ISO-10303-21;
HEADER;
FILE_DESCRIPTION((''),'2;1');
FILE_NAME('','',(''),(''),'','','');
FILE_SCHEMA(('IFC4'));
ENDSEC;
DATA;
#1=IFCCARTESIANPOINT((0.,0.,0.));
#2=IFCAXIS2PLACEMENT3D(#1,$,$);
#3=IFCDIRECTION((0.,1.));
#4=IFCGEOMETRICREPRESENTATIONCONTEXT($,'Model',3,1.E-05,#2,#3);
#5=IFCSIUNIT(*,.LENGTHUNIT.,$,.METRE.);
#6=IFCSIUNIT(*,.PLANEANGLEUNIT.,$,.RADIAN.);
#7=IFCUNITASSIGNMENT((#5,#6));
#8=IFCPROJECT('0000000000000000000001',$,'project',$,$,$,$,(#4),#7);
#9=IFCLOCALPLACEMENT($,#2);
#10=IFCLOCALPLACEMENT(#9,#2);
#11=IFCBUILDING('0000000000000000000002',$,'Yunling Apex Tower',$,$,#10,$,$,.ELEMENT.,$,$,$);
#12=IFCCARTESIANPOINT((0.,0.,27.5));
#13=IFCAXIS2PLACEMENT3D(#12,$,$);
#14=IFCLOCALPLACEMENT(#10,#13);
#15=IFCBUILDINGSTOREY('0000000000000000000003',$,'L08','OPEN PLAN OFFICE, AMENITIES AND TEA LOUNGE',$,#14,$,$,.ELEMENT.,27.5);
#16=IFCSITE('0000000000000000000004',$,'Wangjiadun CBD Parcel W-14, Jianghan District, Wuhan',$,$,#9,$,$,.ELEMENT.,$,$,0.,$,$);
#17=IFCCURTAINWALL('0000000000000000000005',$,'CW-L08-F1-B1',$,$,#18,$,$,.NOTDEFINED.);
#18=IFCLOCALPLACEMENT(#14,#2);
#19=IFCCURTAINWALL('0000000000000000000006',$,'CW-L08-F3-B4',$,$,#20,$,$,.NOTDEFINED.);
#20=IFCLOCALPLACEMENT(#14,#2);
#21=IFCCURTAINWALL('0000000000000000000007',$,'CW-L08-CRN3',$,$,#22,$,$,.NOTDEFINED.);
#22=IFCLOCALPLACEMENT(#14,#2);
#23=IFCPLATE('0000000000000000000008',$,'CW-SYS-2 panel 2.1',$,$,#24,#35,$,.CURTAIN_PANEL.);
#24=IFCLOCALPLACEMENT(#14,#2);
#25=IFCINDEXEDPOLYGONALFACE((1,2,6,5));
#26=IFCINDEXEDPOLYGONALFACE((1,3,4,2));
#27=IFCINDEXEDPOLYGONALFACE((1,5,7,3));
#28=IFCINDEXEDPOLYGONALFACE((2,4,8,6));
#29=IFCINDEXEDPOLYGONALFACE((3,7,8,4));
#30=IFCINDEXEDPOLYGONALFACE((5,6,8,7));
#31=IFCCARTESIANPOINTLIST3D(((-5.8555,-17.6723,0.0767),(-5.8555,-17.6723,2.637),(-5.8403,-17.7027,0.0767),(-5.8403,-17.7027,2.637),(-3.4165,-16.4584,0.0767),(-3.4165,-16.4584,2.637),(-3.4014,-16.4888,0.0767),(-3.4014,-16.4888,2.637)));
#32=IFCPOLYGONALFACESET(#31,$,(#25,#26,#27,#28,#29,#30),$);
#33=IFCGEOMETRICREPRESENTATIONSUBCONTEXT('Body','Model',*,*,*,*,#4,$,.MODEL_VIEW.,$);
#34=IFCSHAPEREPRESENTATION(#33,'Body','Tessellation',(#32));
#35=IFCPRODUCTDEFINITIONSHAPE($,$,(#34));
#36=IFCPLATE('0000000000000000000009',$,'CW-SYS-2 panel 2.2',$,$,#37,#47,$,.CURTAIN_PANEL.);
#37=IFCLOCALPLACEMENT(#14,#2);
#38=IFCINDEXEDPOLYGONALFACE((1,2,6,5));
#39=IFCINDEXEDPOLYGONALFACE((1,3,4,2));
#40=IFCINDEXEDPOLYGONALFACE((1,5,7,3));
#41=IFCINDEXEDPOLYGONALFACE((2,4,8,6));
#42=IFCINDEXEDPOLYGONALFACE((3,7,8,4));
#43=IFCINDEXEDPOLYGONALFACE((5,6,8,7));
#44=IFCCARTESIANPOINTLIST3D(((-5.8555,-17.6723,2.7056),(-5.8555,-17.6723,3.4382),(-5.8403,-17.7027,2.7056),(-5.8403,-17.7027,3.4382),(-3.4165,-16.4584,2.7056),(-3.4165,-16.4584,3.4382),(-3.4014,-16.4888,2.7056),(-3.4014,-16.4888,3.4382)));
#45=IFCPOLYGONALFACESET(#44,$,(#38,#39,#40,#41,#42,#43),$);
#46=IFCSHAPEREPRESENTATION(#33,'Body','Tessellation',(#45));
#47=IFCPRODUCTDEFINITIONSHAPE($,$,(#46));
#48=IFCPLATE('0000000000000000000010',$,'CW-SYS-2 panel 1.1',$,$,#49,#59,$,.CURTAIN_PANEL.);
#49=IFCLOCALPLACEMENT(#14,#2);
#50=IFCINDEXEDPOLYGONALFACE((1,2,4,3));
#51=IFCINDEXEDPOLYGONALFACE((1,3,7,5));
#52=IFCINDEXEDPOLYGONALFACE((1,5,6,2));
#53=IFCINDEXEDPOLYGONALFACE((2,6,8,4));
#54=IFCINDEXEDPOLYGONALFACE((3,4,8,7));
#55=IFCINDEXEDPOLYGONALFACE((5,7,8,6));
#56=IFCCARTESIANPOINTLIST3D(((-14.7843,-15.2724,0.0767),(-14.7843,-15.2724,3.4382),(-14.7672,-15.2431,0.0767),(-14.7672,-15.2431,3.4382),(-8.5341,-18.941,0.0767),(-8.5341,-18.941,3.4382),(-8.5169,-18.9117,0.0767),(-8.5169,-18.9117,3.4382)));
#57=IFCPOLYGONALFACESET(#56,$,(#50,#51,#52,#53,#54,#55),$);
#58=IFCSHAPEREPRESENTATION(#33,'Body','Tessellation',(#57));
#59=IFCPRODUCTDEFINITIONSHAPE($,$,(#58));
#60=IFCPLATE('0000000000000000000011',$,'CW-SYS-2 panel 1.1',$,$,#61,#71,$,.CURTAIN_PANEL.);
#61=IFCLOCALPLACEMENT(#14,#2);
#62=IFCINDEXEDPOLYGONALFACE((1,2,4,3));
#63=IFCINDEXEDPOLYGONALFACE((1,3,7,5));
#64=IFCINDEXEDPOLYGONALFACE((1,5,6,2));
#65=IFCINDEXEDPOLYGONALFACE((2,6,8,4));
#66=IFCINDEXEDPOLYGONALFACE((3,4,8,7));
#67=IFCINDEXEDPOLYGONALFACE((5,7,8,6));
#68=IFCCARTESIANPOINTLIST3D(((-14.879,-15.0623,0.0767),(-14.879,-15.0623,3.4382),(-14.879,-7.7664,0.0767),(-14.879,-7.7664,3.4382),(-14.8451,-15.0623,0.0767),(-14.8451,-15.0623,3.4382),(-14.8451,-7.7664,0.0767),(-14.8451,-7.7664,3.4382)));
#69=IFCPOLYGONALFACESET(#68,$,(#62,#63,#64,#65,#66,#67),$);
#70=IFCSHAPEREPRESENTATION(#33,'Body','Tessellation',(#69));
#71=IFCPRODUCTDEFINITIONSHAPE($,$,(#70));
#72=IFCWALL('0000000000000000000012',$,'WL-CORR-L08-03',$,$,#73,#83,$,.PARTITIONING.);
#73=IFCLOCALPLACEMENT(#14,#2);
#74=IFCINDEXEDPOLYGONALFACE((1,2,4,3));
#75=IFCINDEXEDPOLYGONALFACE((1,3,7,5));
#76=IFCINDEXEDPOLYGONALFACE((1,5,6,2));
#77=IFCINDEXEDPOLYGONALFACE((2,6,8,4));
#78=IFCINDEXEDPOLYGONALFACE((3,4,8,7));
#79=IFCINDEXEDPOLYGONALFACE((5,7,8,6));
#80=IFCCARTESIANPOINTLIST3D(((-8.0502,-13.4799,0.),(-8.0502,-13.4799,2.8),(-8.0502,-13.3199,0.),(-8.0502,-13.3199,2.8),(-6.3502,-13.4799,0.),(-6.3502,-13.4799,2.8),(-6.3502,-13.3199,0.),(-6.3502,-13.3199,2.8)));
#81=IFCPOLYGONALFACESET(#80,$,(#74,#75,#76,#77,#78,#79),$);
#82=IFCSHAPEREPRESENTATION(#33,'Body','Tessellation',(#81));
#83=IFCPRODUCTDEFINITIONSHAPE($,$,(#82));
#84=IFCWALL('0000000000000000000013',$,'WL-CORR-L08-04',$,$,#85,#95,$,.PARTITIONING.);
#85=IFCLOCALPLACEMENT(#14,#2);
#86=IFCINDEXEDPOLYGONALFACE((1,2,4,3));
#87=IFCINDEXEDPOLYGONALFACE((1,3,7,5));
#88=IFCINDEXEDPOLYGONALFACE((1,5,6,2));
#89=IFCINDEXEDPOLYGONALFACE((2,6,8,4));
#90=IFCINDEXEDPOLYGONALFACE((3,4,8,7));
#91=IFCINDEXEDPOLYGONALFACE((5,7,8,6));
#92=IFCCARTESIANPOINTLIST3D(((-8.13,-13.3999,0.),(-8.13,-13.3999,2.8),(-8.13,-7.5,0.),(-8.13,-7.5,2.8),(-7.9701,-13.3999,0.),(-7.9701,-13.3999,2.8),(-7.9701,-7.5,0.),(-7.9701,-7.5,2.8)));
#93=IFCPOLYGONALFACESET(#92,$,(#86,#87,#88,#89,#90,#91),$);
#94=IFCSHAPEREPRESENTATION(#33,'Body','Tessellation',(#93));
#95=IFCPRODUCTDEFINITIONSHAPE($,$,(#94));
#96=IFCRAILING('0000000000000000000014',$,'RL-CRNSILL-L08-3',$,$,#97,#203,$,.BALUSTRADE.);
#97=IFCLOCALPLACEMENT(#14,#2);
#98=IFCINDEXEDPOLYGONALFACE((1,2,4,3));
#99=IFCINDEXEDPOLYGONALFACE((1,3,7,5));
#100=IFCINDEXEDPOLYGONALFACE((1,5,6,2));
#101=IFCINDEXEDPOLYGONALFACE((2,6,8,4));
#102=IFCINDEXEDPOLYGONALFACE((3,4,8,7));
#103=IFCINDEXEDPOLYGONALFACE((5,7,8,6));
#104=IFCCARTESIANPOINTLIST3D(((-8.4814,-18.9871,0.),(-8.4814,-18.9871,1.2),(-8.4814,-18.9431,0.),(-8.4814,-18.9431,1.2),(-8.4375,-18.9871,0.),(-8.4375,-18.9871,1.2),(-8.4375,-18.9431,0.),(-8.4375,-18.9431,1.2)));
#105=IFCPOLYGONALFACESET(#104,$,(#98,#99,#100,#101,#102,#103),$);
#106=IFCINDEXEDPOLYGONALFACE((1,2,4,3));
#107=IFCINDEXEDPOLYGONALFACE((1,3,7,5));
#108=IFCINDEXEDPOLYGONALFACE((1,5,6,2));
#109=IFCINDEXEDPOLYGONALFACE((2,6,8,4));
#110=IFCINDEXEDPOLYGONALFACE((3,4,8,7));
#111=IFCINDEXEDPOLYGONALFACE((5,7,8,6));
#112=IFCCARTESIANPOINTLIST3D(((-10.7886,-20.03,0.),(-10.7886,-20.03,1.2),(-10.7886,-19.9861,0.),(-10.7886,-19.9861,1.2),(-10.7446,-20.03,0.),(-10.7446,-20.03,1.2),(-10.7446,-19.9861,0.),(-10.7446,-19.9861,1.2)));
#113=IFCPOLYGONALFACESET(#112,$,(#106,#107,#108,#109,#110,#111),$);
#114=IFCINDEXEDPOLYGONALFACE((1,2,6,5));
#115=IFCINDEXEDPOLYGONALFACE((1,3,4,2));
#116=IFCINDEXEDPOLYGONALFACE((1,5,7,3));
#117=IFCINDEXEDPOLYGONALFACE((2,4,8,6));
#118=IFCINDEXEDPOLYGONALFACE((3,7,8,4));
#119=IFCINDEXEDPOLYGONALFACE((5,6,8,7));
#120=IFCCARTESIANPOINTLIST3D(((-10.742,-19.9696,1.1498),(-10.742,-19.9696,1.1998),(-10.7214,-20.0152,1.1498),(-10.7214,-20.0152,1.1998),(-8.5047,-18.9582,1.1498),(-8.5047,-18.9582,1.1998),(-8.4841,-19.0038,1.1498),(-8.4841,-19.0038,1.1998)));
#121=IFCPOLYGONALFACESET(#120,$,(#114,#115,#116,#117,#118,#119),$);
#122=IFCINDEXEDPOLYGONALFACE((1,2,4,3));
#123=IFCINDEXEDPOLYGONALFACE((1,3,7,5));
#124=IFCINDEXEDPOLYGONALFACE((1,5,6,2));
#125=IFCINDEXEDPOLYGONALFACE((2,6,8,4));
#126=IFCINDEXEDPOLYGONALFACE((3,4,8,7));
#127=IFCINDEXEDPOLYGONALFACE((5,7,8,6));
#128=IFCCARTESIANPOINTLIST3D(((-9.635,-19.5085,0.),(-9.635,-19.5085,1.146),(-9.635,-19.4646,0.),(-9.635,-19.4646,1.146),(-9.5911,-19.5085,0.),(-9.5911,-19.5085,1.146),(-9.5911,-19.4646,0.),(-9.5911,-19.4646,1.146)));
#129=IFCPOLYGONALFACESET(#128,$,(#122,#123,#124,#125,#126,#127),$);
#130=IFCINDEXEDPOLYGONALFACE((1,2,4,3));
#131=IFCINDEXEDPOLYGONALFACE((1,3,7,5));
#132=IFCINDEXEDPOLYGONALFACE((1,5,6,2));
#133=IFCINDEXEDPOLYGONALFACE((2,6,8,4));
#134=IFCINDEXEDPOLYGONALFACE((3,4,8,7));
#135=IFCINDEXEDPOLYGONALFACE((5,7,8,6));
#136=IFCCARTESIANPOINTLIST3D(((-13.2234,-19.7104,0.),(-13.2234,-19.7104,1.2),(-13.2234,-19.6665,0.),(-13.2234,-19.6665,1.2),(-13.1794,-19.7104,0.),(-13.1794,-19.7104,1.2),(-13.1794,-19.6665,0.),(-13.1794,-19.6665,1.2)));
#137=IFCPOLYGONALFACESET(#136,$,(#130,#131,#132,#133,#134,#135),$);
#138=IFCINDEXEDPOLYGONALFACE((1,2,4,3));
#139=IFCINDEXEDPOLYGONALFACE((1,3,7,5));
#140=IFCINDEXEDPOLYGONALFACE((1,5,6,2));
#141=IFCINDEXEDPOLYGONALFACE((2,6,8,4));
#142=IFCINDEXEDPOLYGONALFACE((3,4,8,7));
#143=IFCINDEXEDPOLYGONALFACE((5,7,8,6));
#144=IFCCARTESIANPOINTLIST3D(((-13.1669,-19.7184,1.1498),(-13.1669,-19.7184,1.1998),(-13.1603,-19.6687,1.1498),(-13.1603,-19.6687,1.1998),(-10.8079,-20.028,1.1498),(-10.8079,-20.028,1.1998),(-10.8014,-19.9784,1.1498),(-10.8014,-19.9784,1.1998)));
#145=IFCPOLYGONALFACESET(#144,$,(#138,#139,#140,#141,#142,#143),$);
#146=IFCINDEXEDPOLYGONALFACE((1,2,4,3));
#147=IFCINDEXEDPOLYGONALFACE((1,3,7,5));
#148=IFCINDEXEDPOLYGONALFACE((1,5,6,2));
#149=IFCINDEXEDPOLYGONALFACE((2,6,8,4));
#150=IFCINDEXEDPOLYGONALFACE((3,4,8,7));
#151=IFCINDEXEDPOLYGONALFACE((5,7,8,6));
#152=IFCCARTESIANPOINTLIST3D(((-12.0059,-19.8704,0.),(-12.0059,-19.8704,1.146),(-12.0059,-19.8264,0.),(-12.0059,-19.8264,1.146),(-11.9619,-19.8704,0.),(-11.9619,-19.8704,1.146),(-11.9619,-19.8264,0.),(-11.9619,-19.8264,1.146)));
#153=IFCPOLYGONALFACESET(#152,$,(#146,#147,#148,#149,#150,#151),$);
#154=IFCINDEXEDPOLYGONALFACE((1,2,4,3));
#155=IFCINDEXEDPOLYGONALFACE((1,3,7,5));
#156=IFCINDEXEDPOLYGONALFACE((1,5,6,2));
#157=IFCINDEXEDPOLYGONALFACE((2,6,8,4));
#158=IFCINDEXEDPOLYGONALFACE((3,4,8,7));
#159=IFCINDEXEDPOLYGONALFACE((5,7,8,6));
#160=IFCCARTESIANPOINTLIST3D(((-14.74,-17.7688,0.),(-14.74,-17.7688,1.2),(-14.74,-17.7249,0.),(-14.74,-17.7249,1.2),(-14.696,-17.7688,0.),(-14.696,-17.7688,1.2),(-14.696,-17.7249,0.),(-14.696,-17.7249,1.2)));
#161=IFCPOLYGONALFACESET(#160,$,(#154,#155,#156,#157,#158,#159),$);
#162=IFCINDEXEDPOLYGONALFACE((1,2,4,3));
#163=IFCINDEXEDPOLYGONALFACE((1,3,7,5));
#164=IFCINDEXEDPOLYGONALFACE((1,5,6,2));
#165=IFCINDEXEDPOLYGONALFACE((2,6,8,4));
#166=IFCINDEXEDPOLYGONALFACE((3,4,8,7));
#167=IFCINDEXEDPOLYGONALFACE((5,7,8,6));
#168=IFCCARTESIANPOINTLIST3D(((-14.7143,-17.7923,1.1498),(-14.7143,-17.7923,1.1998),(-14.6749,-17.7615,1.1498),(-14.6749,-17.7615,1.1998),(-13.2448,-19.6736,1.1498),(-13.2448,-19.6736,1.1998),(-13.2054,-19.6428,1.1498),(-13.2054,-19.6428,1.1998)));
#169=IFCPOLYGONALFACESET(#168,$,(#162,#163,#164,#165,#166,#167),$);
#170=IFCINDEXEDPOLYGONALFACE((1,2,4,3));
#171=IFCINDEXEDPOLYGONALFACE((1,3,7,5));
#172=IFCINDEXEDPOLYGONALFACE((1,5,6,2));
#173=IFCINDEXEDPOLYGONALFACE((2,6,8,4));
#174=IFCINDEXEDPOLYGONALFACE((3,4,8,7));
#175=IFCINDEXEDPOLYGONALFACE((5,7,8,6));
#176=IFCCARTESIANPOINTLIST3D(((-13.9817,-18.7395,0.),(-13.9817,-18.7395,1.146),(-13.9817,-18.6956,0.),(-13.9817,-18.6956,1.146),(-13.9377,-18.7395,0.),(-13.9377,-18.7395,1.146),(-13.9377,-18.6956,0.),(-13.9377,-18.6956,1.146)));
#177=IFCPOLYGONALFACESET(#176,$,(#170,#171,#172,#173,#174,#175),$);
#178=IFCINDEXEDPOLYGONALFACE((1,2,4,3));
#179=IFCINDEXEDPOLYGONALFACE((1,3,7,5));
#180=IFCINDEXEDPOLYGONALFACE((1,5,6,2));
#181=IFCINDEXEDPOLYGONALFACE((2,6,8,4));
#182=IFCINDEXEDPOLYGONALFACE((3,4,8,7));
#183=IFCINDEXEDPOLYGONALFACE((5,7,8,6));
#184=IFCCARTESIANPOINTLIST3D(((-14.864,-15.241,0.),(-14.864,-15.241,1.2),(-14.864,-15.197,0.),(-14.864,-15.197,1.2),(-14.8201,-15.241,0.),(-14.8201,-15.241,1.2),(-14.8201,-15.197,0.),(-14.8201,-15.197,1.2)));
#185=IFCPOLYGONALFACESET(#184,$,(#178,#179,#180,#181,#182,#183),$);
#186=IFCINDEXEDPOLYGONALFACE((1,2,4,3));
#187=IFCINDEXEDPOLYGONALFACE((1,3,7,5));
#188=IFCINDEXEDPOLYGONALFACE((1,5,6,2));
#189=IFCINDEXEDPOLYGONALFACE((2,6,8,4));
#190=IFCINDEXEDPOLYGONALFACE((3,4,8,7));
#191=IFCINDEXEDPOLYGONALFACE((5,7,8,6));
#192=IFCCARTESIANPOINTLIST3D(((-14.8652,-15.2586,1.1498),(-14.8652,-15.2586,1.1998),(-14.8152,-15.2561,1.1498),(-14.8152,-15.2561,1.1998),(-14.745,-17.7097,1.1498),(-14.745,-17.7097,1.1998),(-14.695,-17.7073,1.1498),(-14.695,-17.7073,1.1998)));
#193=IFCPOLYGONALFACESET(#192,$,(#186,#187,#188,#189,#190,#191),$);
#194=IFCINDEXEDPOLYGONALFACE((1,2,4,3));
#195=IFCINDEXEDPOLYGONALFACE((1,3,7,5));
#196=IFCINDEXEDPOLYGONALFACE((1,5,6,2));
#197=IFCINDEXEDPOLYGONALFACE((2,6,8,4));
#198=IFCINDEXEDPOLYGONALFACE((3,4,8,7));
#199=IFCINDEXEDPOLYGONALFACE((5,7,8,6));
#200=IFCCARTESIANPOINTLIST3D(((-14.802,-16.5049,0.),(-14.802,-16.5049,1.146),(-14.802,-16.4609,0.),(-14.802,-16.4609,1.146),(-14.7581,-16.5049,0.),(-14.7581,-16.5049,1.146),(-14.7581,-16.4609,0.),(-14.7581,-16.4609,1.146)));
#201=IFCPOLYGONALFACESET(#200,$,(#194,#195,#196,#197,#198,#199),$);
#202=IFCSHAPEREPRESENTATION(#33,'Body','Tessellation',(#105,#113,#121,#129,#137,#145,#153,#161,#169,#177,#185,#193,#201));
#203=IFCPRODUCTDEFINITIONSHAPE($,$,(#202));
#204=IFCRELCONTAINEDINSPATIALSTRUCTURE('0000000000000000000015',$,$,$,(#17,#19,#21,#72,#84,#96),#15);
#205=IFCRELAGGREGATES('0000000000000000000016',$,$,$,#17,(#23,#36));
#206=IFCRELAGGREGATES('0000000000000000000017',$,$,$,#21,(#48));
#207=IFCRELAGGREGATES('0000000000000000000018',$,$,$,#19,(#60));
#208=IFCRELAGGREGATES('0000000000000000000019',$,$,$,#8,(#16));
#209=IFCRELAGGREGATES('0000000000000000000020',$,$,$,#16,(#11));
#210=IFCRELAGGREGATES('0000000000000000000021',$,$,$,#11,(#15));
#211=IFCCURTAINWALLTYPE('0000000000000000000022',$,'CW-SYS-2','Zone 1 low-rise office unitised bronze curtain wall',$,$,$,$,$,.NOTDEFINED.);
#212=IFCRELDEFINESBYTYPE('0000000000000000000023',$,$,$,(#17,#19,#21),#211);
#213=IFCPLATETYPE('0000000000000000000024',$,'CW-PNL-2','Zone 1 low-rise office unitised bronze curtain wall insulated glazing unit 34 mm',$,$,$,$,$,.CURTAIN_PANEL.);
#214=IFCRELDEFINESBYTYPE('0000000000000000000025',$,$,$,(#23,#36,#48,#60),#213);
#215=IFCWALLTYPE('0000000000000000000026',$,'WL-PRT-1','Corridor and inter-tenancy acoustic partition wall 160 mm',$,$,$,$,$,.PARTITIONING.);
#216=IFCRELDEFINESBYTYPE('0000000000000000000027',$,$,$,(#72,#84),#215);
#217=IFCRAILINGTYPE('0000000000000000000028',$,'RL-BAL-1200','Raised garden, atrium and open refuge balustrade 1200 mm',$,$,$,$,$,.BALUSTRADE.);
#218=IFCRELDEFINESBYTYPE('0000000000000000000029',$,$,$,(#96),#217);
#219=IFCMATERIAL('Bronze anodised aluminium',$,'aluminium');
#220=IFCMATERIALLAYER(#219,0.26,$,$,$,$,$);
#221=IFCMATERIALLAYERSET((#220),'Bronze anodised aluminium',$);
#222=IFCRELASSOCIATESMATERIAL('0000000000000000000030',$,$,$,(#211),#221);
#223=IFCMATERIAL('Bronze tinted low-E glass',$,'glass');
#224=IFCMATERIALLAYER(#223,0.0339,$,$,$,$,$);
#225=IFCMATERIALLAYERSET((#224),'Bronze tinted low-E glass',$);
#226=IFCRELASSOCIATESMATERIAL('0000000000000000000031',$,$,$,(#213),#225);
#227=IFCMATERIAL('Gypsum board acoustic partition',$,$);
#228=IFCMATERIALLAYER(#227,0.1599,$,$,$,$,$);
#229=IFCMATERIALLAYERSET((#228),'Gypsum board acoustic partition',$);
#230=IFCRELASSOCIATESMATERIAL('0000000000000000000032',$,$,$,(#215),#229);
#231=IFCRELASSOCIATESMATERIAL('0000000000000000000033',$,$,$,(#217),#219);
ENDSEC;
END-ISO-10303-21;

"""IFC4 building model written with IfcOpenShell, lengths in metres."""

from ifc_helpers import new_model, si_unit, direction, frame, frame_2d, origin, origin_2d, place, context, subcontext, project, spatial, rectangle, extrude, source, transform, mapped, material, layer, layer_set, type_object, element, aggregate, save


model = new_model("IFC4")

# Units and contexts
model_context = context("Model", 3, precision=1e-05, world=origin(), true_north=direction((0.0, 1.0)))
body_context = subcontext(model_context, "Body", "Model", "MODEL_VIEW")
ifc_project = project(units=[si_unit("LENGTHUNIT", "METRE"), si_unit("PLANEANGLEUNIT", "RADIAN")], contexts=[model_context])

# Site, building, storey
site_placement = place(None, origin())
site = spatial("IfcSite", under=ifc_project, at=site_placement, Name="Wangjiadun CBD Parcel W-14, Jianghan District, Wuhan", CompositionType="ELEMENT", RefElevation=0.0)
building_placement = place(site_placement, origin())
building = spatial("IfcBuilding", under=site, at=building_placement, Name="Yunling Apex Tower", CompositionType="ELEMENT")
storey_placement = place(building_placement, frame((0.0, 0.0, 27.5)))
storey = spatial("IfcBuildingStorey", under=building, at=storey_placement, Name="L08", Description="OPEN PLAN OFFICE, AMENITIES AND TEA LOUNGE", CompositionType="ELEMENT", Elevation=27.5)

# Curtain wall
ifc_material_1 = material(Name="Bronze anodised aluminium", Category="aluminium")
ifc_layer_1 = layer(ifc_material_1, 0.26)
ifc_layer_set_1 = layer_set([ifc_layer_1], Name="Bronze anodised aluminium")
curtain_wall_type = type_object("IfcCurtainWallType", Name="CW-SYS-2", Description="Zone 1 low-rise office unitised bronze curtain wall", PredefinedType="NOTDEFINED", material=ifc_layer_set_1)
curtain_wall_1_placement = place(storey_placement, origin())
curtain_wall_1 = element("IfcCurtainWall", 1, at=curtain_wall_1_placement, inside=storey, type_object=curtain_wall_type, Name="CW-L08-F1-B1", PredefinedType="NOTDEFINED")

# Curtain wall
curtain_wall_2_placement = place(storey_placement, origin())
curtain_wall_2 = element("IfcCurtainWall", 2, at=curtain_wall_2_placement, inside=storey, type_object=curtain_wall_type, Name="CW-L08-F3-B4", PredefinedType="NOTDEFINED")

# Curtain wall
curtain_wall_3_placement = place(storey_placement, origin())
curtain_wall_3 = element("IfcCurtainWall", 3, at=curtain_wall_3_placement, inside=storey, type_object=curtain_wall_type, Name="CW-L08-CRN3", PredefinedType="NOTDEFINED")

# Plates
ifc_material_2 = material(Name="Bronze tinted low-E glass", Category="glass")
ifc_layer_2 = layer(ifc_material_2, 0.0339)
ifc_layer_set_2 = layer_set([ifc_layer_2], Name="Bronze tinted low-E glass")
plate_type = type_object("IfcPlateType", Name="CW-PNL-2", Description="Zone 1 low-rise office unitised bronze curtain wall insulated glazing unit 34 mm", PredefinedType="CURTAIN_PANEL", material=ifc_layer_set_2)
shared_shape_1 = source(origin(), body_context, "Body", "SweptSolid", [
    extrude(rectangle(XDim=2.7244, YDim=0.0339, at=origin_2d()), origin(), (0.0, 0.0, 1.0), 2.5603),
])
plate_1_placement = place(storey_placement, frame((-4.6284, -17.0806, 0.0767), z_axis=(0.0, 0.0, 1.0), x_axis=(0.895247, 0.445571, 0.0)))
plate_1 = element("IfcPlate", 4, at=plate_1_placement, type_object=plate_type, Name="CW-SYS-2 panel 2.1", PredefinedType="CURTAIN_PANEL", context=body_context, shape_type="MappedRepresentation", body=[
    mapped(shared_shape_1, transform((0.0, 0.0, 0.0), scale=1.0)),
])
shared_shape_2 = source(origin(), body_context, "Body", "SweptSolid", [
    extrude(rectangle(XDim=2.7244, YDim=0.0339, at=origin_2d()), origin(), (0.0, 0.0, 1.0), 0.7327),
])
plate_2_placement = place(storey_placement, frame((-4.6284, -17.0806, 2.7056), z_axis=(0.0, 0.0, 1.0), x_axis=(0.895247, 0.445571, 0.0)))
plate_2 = element("IfcPlate", 5, at=plate_2_placement, type_object=plate_type, Name="CW-SYS-2 panel 2.2", PredefinedType="CURTAIN_PANEL", context=body_context, shape_type="MappedRepresentation", body=[
    mapped(shared_shape_2, transform((0.0, 0.0, 0.0), scale=1.0)),
])
aggregate(curtain_wall_1, [plate_1, plate_2])
shared_shape_3 = source(origin(), body_context, "Body", "SweptSolid", [
    extrude(rectangle(XDim=7.2473, YDim=0.0339, at=origin_2d()), origin(), (0.0, 0.0, 1.0), 3.3616),
])
plate_3_placement = place(storey_placement, frame((-11.6506, -17.092, 0.0767), z_axis=(0.0, 0.0, 1.0), x_axis=(0.862419, -0.506196, 0.0)))
plate_3 = element("IfcPlate", 6, at=plate_3_placement, type_object=plate_type, Name="CW-SYS-2 panel 1.1", PredefinedType="CURTAIN_PANEL", context=body_context, shape_type="MappedRepresentation", body=[
    mapped(shared_shape_3, transform((0.0, 0.0, 0.0), scale=1.0)),
])
aggregate(curtain_wall_3, [plate_3])
shared_shape_4 = source(origin(), body_context, "Body", "SweptSolid", [
    extrude(rectangle(XDim=7.2959, YDim=0.0339, at=origin_2d()), origin(), (0.0, 0.0, 1.0), 3.3616),
])
plate_4_placement = place(storey_placement, frame((-14.8621, -11.4143, 0.0767), z_axis=(0.0, 0.0, 1.0), x_axis=(0.0, -1.0, 0.0)))
plate_4 = element("IfcPlate", 7, at=plate_4_placement, type_object=plate_type, Name="CW-SYS-2 panel 1.1", PredefinedType="CURTAIN_PANEL", context=body_context, shape_type="MappedRepresentation", body=[
    mapped(shared_shape_4, transform((0.0, 0.0, 0.0), scale=1.0)),
])
aggregate(curtain_wall_2, [plate_4])

# Walls
ifc_material_3 = material(Name="Gypsum board acoustic partition")
ifc_layer_3 = layer(ifc_material_3, 0.1599)
ifc_layer_set_3 = layer_set([ifc_layer_3], Name="Gypsum board acoustic partition")
wall_type = type_object("IfcWallType", Name="WL-PRT-1", Description="Corridor and inter-tenancy acoustic partition wall 160 mm", PredefinedType="PARTITIONING", material=ifc_layer_set_3)
wall_1_placement = place(storey_placement, frame((-6.3501, -13.3999, 0.0), z_axis=(0.0, 0.0, 1.0), x_axis=(-1.0, 0.0, 0.0)))
element("IfcWall", 8, at=wall_1_placement, inside=storey, type_object=wall_type, Name="WL-CORR-L08-03", PredefinedType="PARTITIONING", context=body_context, shape_type="SweptSolid", body=[
    extrude(rectangle(XDim=1.7, YDim=0.1599, at=frame_2d((0.8501, 0.0))), origin(), (0.0, 0.0, 1.0), 2.8),
])
wall_2_placement = place(storey_placement, frame((-8.05, -13.3999, 0.0), z_axis=(0.0, 0.0, 1.0), x_axis=(0.0, 1.0, 0.0)))
element("IfcWall", 9, at=wall_2_placement, inside=storey, type_object=wall_type, Name="WL-CORR-L08-04", PredefinedType="PARTITIONING", context=body_context, shape_type="SweptSolid", body=[
    extrude(rectangle(XDim=5.8999, YDim=0.1599, at=frame_2d((2.95, 0.0))), origin(), (0.0, 0.0, 1.0), 2.8),
])

# Railing
railing_type = type_object("IfcRailingType", Name="RL-BAL-1200", Description="Raised garden, atrium and open refuge balustrade 1200 mm", PredefinedType="BALUSTRADE", material=ifc_material_1)
railing_placement = place(storey_placement, frame((-8.4595, -18.9651, 0.0)))
element("IfcRailing", 10, at=railing_placement, inside=storey, type_object=railing_type, Name="RL-CRNSILL-L08-3", PredefinedType="BALUSTRADE", context=body_context, shape_type="SweptSolid", body=[
    extrude(rectangle(XDim=0.0439, YDim=0.0439, at=origin_2d()), origin(), (0.0, 0.0, 1.0), 1.2),
    extrude(rectangle(XDim=0.0439, YDim=0.0439, at=origin_2d()), frame((-2.3071, -1.043, 0.0)), (0.0, 0.0, 1.0), 1.2),
    extrude(rectangle(XDim=0.05, YDim=0.05, at=origin_2d()), frame((-0.0349, -0.0159, 1.1748), z_axis=(-0.911217, -0.411928, 0.0), x_axis=(0.411928, -0.911217, 0.0)), (0.0, 0.0, 1.0), 2.4553),
    extrude(rectangle(XDim=0.0439, YDim=0.0439, at=origin_2d()), frame((-1.1536, -0.5215, 0.0)), (0.0, 0.0, 1.0), 1.146),
    extrude(rectangle(XDim=0.0439, YDim=0.0439, at=origin_2d()), frame((-4.7419, -0.7234, 0.0)), (0.0, 0.0, 1.0), 1.2),
    extrude(rectangle(XDim=0.05, YDim=0.05, at=origin_2d()), frame((-2.3452, -1.0381, 1.1748), z_axis=(-0.991496, 0.130138, 0.0), x_axis=(-0.130138, -0.991496, 0.0)), (0.0, 0.0, 1.0), 2.3792),
    extrude(rectangle(XDim=0.0439, YDim=0.0439, at=origin_2d()), frame((-3.5244, -0.8833, 0.0)), (0.0, 0.0, 1.0), 1.146),
    extrude(rectangle(XDim=0.0439, YDim=0.0439, at=origin_2d()), frame((-6.2585, 1.2183, 0.0)), (0.0, 0.0, 1.0), 1.2),
    extrude(rectangle(XDim=0.05, YDim=0.05, at=origin_2d()), frame((-4.7656, -0.6931, 1.1748), z_axis=(-0.615565, 0.788086, 0.0), x_axis=(-0.788086, -0.615565, 0.0)), (0.0, 0.0, 1.0), 2.3872),
    extrude(rectangle(XDim=0.0439, YDim=0.0439, at=origin_2d()), frame((-5.5002, 0.2476, 0.0)), (0.0, 0.0, 1.0), 1.146),
    extrude(rectangle(XDim=0.0439, YDim=0.0439, at=origin_2d()), frame((-6.3826, 3.7461, 0.0)), (0.0, 0.0, 1.0), 1.2),
    extrude(rectangle(XDim=0.05, YDim=0.05, at=origin_2d()), frame((-6.2605, 1.2566, 1.1748), z_axis=(-0.049004, 0.998799, 0.0), x_axis=(-0.998799, -0.049004, 0.0)), (0.0, 0.0, 1.0), 2.4541),
    extrude(rectangle(XDim=0.0439, YDim=0.0439, at=origin_2d()), frame((-6.3206, 2.4822, 0.0)), (0.0, 0.0, 1.0), 1.146),
])

save(model, "model.ifc")
